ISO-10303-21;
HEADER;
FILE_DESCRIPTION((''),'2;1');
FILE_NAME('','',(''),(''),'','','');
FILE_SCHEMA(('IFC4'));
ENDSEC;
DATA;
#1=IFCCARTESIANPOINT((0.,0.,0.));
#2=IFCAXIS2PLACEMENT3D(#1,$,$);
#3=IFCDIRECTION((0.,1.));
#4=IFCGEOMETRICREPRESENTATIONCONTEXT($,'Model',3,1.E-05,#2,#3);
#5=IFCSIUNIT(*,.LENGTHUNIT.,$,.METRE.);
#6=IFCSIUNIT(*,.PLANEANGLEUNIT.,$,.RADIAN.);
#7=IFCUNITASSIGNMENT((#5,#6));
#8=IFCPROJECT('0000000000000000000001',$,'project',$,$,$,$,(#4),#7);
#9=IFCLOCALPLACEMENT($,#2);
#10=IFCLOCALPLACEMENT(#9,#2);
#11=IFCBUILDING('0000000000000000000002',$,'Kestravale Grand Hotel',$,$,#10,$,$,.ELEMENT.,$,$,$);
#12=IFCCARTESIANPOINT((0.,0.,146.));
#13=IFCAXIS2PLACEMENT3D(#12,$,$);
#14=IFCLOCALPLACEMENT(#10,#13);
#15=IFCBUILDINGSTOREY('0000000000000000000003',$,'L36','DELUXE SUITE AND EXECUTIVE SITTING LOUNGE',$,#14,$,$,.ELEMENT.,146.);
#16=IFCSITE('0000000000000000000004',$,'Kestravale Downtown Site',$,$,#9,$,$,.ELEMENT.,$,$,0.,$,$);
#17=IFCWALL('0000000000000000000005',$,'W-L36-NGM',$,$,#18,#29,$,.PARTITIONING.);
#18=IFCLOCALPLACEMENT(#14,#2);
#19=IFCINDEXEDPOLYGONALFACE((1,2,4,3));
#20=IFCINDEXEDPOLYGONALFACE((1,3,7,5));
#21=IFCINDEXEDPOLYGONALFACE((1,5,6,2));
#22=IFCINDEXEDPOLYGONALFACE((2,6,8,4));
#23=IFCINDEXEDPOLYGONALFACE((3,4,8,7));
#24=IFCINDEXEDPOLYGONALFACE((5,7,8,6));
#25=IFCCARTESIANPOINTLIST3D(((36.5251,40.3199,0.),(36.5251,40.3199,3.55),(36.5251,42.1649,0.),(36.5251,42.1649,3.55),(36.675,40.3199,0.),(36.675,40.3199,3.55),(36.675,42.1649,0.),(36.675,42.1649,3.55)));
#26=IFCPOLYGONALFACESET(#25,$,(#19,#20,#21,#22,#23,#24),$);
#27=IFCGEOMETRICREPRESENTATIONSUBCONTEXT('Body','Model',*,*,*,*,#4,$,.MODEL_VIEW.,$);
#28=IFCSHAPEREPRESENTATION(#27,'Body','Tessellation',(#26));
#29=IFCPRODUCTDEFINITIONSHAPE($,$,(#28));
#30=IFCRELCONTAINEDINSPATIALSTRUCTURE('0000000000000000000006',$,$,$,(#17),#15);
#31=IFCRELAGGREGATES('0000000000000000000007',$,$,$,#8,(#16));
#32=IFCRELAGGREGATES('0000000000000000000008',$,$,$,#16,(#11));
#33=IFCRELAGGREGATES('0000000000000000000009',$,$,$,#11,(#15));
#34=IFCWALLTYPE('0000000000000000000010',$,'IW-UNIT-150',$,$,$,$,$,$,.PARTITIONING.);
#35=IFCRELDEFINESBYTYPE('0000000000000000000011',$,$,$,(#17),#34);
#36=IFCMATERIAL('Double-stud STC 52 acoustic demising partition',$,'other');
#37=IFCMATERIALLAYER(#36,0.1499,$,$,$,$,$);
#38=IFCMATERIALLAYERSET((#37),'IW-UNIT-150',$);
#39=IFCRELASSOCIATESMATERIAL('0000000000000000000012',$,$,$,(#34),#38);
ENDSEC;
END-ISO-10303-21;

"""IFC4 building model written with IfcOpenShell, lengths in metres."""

from ifc_helpers import new_model, si_unit, direction, frame, frame_2d, origin, place, context, subcontext, project, spatial, rectangle, extrude, material, layer, layer_set, type_object, element, save


model = new_model("IFC4")

# Units and contexts
model_context = context("Model", 3, precision=1e-05, world=origin(), true_north=direction((0.0, 1.0)))
body_context = subcontext(model_context, "Body", "Model", "MODEL_VIEW")
ifc_project = project(units=[si_unit("LENGTHUNIT", "METRE"), si_unit("PLANEANGLEUNIT", "RADIAN")], contexts=[model_context])

# Site, building, storey
site_placement = place(None, origin())
site = spatial("IfcSite", under=ifc_project, at=site_placement, Name="Kestravale Downtown Site", CompositionType="ELEMENT", RefElevation=0.0)
building_placement = place(site_placement, origin())
building = spatial("IfcBuilding", under=site, at=building_placement, Name="Kestravale Grand Hotel", CompositionType="ELEMENT")
storey_placement = place(building_placement, frame((0.0, 0.0, 146.0)))
storey = spatial("IfcBuildingStorey", under=building, at=storey_placement, Name="L36", Description="DELUXE SUITE AND EXECUTIVE SITTING LOUNGE", CompositionType="ELEMENT", Elevation=146.0)

# Wall
ifc_material_1 = material(Name="Double-stud STC 52 acoustic demising partition", Category="other")
ifc_layer_1 = layer(ifc_material_1, 0.1499)
ifc_layer_set_1 = layer_set([ifc_layer_1], Name="IW-UNIT-150")
wall_type_1 = type_object("IfcWallType", Name="IW-UNIT-150", PredefinedType="PARTITIONING", material=ifc_layer_set_1)
wall_1_placement = place(storey_placement, frame((36.6001, 40.3201, 0.0), z_axis=(0.0, 0.0, 1.0), x_axis=(0.0, 1.0, 0.0)))
element("IfcWall", 1, at=wall_1_placement, inside=storey, type_object=wall_type_1, Name="W-L36-NGM", PredefinedType="PARTITIONING", context=body_context, shape_type="SweptSolid", body=[
    extrude(rectangle(XDim=1.845, YDim=0.1499, at=frame_2d((0.9224, 0.0))), origin(), (0.0, 0.0, 1.0), 3.55),
])

save(model, "model.ifc")
